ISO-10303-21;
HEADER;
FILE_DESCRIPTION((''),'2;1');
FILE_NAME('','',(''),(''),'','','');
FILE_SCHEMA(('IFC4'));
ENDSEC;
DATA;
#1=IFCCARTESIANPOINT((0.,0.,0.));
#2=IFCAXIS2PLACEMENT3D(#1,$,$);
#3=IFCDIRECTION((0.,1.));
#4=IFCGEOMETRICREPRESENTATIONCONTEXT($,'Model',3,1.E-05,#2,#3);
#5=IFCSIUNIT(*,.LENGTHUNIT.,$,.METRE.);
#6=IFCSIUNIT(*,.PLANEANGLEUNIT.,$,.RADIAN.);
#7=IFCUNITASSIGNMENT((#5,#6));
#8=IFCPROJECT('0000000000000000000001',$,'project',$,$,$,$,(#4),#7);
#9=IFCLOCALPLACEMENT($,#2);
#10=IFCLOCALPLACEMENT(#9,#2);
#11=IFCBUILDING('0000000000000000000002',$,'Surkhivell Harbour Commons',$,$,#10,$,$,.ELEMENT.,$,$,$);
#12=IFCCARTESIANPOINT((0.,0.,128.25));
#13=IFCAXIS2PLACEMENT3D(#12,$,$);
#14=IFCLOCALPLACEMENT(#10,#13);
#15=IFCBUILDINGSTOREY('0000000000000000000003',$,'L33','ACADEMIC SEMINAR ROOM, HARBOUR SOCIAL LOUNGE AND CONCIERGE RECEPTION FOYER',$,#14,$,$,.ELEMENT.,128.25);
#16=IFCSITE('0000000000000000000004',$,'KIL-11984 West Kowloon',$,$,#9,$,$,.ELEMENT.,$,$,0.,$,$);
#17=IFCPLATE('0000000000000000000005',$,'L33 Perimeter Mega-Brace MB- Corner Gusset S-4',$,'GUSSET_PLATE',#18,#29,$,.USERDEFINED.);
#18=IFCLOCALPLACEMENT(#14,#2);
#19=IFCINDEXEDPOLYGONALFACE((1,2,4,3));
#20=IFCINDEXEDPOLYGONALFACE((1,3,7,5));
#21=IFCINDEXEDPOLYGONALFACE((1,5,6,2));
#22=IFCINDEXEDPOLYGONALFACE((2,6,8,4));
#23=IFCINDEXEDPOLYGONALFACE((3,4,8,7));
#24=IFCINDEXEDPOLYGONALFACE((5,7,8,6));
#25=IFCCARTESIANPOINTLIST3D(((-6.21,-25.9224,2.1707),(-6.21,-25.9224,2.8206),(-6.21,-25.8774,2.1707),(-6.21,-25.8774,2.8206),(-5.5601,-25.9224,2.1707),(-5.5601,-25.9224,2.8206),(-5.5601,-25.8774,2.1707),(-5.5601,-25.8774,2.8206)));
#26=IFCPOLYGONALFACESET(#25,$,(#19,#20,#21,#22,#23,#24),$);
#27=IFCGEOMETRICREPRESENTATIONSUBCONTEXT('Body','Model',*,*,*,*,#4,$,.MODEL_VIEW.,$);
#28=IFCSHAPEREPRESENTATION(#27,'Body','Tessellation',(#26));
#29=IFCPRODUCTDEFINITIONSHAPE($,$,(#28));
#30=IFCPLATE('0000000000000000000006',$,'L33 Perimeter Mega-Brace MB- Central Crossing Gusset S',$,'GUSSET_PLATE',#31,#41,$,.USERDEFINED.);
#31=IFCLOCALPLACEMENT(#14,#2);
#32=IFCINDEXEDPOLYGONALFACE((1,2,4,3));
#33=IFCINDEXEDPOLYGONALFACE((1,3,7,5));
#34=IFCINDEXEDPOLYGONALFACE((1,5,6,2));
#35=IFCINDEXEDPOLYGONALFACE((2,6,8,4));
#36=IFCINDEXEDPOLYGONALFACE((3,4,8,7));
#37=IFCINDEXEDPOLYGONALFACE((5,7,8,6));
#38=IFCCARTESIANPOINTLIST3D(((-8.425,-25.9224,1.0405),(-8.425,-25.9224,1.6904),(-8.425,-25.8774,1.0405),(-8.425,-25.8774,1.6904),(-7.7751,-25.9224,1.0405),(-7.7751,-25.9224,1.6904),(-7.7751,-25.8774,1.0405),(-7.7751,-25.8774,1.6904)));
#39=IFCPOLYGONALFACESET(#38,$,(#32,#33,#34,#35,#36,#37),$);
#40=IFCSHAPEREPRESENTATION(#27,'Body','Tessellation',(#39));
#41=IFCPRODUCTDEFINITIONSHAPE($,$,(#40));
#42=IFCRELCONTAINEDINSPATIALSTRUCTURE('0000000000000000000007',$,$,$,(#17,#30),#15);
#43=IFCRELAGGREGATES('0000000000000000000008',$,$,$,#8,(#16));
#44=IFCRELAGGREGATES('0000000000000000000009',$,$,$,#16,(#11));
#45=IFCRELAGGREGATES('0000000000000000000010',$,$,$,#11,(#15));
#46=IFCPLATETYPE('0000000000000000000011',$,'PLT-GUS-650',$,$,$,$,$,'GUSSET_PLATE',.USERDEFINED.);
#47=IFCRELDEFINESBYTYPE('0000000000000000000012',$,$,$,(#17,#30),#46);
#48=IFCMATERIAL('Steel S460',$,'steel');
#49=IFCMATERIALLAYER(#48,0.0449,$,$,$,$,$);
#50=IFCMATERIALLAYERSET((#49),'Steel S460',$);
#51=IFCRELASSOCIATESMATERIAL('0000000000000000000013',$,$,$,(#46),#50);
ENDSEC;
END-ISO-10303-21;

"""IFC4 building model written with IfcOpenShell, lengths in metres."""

from ifc_helpers import new_model, si_unit, direction, frame, origin, origin_2d, place, context, subcontext, project, spatial, rectangle, extrude, material, layer, layer_set, type_object, element, save


model = new_model("IFC4")

# Units and contexts
model_context = context("Model", 3, precision=1e-05, world=origin(), true_north=direction((0.0, 1.0)))
body_context = subcontext(model_context, "Body", "Model", "MODEL_VIEW")
ifc_project = project(units=[si_unit("LENGTHUNIT", "METRE"), si_unit("PLANEANGLEUNIT", "RADIAN")], contexts=[model_context])

# Site, building, storey
site_placement = place(None, origin())
site = spatial("IfcSite", under=ifc_project, at=site_placement, Name="KIL-11984 West Kowloon", CompositionType="ELEMENT", RefElevation=0.0)
building_placement = place(site_placement, origin())
building = spatial("IfcBuilding", under=site, at=building_placement, Name="Surkhivell Harbour Commons", CompositionType="ELEMENT")
storey_placement = place(building_placement, frame((0.0, 0.0, 128.25)))
storey = spatial("IfcBuildingStorey", under=building, at=storey_placement, Name="L33", Description="ACADEMIC SEMINAR ROOM, HARBOUR SOCIAL LOUNGE AND CONCIERGE RECEPTION FOYER", CompositionType="ELEMENT", Elevation=128.25)

# Shared definitions
ifc_material_1 = material(Name="Steel S460", Category="steel")

# Plates
ifc_layer_1 = layer(ifc_material_1, 0.0449)
ifc_layer_set_1 = layer_set([ifc_layer_1], Name="Steel S460")
plate_type_1 = type_object("IfcPlateType", Name="PLT-GUS-650", ElementType="GUSSET_PLATE", PredefinedType="USERDEFINED", material=ifc_layer_set_1)
for number, where, z_axis, x_axis, name in (
    (1, (-5.885, -25.8999, 2.1707), (0.0, 0.0, 1.0), (1.0, 0.0, 0.0), "L33 Perimeter Mega-Brace MB- Corner Gusset S-4"),
    (2, (-8.1001, -25.8999, 1.0405), (0.0, 0.0, 1.0), (1.0, 0.0, 0.0), "L33 Perimeter Mega-Brace MB- Central Crossing Gusset S"),
):
    element("IfcPlate", number, at=place(storey_placement, frame(where, z_axis=z_axis, x_axis=x_axis)), inside=storey, type_object=plate_type_1, Name=name, ObjectType="GUSSET_PLATE", PredefinedType="USERDEFINED", context=body_context, shape_type="SweptSolid", body=[
        extrude(rectangle(XDim=0.6499, YDim=0.0449, at=origin_2d()), origin(), (0.0, 0.0, 1.0), 0.6499),
    ])

save(model, "model.ifc")
